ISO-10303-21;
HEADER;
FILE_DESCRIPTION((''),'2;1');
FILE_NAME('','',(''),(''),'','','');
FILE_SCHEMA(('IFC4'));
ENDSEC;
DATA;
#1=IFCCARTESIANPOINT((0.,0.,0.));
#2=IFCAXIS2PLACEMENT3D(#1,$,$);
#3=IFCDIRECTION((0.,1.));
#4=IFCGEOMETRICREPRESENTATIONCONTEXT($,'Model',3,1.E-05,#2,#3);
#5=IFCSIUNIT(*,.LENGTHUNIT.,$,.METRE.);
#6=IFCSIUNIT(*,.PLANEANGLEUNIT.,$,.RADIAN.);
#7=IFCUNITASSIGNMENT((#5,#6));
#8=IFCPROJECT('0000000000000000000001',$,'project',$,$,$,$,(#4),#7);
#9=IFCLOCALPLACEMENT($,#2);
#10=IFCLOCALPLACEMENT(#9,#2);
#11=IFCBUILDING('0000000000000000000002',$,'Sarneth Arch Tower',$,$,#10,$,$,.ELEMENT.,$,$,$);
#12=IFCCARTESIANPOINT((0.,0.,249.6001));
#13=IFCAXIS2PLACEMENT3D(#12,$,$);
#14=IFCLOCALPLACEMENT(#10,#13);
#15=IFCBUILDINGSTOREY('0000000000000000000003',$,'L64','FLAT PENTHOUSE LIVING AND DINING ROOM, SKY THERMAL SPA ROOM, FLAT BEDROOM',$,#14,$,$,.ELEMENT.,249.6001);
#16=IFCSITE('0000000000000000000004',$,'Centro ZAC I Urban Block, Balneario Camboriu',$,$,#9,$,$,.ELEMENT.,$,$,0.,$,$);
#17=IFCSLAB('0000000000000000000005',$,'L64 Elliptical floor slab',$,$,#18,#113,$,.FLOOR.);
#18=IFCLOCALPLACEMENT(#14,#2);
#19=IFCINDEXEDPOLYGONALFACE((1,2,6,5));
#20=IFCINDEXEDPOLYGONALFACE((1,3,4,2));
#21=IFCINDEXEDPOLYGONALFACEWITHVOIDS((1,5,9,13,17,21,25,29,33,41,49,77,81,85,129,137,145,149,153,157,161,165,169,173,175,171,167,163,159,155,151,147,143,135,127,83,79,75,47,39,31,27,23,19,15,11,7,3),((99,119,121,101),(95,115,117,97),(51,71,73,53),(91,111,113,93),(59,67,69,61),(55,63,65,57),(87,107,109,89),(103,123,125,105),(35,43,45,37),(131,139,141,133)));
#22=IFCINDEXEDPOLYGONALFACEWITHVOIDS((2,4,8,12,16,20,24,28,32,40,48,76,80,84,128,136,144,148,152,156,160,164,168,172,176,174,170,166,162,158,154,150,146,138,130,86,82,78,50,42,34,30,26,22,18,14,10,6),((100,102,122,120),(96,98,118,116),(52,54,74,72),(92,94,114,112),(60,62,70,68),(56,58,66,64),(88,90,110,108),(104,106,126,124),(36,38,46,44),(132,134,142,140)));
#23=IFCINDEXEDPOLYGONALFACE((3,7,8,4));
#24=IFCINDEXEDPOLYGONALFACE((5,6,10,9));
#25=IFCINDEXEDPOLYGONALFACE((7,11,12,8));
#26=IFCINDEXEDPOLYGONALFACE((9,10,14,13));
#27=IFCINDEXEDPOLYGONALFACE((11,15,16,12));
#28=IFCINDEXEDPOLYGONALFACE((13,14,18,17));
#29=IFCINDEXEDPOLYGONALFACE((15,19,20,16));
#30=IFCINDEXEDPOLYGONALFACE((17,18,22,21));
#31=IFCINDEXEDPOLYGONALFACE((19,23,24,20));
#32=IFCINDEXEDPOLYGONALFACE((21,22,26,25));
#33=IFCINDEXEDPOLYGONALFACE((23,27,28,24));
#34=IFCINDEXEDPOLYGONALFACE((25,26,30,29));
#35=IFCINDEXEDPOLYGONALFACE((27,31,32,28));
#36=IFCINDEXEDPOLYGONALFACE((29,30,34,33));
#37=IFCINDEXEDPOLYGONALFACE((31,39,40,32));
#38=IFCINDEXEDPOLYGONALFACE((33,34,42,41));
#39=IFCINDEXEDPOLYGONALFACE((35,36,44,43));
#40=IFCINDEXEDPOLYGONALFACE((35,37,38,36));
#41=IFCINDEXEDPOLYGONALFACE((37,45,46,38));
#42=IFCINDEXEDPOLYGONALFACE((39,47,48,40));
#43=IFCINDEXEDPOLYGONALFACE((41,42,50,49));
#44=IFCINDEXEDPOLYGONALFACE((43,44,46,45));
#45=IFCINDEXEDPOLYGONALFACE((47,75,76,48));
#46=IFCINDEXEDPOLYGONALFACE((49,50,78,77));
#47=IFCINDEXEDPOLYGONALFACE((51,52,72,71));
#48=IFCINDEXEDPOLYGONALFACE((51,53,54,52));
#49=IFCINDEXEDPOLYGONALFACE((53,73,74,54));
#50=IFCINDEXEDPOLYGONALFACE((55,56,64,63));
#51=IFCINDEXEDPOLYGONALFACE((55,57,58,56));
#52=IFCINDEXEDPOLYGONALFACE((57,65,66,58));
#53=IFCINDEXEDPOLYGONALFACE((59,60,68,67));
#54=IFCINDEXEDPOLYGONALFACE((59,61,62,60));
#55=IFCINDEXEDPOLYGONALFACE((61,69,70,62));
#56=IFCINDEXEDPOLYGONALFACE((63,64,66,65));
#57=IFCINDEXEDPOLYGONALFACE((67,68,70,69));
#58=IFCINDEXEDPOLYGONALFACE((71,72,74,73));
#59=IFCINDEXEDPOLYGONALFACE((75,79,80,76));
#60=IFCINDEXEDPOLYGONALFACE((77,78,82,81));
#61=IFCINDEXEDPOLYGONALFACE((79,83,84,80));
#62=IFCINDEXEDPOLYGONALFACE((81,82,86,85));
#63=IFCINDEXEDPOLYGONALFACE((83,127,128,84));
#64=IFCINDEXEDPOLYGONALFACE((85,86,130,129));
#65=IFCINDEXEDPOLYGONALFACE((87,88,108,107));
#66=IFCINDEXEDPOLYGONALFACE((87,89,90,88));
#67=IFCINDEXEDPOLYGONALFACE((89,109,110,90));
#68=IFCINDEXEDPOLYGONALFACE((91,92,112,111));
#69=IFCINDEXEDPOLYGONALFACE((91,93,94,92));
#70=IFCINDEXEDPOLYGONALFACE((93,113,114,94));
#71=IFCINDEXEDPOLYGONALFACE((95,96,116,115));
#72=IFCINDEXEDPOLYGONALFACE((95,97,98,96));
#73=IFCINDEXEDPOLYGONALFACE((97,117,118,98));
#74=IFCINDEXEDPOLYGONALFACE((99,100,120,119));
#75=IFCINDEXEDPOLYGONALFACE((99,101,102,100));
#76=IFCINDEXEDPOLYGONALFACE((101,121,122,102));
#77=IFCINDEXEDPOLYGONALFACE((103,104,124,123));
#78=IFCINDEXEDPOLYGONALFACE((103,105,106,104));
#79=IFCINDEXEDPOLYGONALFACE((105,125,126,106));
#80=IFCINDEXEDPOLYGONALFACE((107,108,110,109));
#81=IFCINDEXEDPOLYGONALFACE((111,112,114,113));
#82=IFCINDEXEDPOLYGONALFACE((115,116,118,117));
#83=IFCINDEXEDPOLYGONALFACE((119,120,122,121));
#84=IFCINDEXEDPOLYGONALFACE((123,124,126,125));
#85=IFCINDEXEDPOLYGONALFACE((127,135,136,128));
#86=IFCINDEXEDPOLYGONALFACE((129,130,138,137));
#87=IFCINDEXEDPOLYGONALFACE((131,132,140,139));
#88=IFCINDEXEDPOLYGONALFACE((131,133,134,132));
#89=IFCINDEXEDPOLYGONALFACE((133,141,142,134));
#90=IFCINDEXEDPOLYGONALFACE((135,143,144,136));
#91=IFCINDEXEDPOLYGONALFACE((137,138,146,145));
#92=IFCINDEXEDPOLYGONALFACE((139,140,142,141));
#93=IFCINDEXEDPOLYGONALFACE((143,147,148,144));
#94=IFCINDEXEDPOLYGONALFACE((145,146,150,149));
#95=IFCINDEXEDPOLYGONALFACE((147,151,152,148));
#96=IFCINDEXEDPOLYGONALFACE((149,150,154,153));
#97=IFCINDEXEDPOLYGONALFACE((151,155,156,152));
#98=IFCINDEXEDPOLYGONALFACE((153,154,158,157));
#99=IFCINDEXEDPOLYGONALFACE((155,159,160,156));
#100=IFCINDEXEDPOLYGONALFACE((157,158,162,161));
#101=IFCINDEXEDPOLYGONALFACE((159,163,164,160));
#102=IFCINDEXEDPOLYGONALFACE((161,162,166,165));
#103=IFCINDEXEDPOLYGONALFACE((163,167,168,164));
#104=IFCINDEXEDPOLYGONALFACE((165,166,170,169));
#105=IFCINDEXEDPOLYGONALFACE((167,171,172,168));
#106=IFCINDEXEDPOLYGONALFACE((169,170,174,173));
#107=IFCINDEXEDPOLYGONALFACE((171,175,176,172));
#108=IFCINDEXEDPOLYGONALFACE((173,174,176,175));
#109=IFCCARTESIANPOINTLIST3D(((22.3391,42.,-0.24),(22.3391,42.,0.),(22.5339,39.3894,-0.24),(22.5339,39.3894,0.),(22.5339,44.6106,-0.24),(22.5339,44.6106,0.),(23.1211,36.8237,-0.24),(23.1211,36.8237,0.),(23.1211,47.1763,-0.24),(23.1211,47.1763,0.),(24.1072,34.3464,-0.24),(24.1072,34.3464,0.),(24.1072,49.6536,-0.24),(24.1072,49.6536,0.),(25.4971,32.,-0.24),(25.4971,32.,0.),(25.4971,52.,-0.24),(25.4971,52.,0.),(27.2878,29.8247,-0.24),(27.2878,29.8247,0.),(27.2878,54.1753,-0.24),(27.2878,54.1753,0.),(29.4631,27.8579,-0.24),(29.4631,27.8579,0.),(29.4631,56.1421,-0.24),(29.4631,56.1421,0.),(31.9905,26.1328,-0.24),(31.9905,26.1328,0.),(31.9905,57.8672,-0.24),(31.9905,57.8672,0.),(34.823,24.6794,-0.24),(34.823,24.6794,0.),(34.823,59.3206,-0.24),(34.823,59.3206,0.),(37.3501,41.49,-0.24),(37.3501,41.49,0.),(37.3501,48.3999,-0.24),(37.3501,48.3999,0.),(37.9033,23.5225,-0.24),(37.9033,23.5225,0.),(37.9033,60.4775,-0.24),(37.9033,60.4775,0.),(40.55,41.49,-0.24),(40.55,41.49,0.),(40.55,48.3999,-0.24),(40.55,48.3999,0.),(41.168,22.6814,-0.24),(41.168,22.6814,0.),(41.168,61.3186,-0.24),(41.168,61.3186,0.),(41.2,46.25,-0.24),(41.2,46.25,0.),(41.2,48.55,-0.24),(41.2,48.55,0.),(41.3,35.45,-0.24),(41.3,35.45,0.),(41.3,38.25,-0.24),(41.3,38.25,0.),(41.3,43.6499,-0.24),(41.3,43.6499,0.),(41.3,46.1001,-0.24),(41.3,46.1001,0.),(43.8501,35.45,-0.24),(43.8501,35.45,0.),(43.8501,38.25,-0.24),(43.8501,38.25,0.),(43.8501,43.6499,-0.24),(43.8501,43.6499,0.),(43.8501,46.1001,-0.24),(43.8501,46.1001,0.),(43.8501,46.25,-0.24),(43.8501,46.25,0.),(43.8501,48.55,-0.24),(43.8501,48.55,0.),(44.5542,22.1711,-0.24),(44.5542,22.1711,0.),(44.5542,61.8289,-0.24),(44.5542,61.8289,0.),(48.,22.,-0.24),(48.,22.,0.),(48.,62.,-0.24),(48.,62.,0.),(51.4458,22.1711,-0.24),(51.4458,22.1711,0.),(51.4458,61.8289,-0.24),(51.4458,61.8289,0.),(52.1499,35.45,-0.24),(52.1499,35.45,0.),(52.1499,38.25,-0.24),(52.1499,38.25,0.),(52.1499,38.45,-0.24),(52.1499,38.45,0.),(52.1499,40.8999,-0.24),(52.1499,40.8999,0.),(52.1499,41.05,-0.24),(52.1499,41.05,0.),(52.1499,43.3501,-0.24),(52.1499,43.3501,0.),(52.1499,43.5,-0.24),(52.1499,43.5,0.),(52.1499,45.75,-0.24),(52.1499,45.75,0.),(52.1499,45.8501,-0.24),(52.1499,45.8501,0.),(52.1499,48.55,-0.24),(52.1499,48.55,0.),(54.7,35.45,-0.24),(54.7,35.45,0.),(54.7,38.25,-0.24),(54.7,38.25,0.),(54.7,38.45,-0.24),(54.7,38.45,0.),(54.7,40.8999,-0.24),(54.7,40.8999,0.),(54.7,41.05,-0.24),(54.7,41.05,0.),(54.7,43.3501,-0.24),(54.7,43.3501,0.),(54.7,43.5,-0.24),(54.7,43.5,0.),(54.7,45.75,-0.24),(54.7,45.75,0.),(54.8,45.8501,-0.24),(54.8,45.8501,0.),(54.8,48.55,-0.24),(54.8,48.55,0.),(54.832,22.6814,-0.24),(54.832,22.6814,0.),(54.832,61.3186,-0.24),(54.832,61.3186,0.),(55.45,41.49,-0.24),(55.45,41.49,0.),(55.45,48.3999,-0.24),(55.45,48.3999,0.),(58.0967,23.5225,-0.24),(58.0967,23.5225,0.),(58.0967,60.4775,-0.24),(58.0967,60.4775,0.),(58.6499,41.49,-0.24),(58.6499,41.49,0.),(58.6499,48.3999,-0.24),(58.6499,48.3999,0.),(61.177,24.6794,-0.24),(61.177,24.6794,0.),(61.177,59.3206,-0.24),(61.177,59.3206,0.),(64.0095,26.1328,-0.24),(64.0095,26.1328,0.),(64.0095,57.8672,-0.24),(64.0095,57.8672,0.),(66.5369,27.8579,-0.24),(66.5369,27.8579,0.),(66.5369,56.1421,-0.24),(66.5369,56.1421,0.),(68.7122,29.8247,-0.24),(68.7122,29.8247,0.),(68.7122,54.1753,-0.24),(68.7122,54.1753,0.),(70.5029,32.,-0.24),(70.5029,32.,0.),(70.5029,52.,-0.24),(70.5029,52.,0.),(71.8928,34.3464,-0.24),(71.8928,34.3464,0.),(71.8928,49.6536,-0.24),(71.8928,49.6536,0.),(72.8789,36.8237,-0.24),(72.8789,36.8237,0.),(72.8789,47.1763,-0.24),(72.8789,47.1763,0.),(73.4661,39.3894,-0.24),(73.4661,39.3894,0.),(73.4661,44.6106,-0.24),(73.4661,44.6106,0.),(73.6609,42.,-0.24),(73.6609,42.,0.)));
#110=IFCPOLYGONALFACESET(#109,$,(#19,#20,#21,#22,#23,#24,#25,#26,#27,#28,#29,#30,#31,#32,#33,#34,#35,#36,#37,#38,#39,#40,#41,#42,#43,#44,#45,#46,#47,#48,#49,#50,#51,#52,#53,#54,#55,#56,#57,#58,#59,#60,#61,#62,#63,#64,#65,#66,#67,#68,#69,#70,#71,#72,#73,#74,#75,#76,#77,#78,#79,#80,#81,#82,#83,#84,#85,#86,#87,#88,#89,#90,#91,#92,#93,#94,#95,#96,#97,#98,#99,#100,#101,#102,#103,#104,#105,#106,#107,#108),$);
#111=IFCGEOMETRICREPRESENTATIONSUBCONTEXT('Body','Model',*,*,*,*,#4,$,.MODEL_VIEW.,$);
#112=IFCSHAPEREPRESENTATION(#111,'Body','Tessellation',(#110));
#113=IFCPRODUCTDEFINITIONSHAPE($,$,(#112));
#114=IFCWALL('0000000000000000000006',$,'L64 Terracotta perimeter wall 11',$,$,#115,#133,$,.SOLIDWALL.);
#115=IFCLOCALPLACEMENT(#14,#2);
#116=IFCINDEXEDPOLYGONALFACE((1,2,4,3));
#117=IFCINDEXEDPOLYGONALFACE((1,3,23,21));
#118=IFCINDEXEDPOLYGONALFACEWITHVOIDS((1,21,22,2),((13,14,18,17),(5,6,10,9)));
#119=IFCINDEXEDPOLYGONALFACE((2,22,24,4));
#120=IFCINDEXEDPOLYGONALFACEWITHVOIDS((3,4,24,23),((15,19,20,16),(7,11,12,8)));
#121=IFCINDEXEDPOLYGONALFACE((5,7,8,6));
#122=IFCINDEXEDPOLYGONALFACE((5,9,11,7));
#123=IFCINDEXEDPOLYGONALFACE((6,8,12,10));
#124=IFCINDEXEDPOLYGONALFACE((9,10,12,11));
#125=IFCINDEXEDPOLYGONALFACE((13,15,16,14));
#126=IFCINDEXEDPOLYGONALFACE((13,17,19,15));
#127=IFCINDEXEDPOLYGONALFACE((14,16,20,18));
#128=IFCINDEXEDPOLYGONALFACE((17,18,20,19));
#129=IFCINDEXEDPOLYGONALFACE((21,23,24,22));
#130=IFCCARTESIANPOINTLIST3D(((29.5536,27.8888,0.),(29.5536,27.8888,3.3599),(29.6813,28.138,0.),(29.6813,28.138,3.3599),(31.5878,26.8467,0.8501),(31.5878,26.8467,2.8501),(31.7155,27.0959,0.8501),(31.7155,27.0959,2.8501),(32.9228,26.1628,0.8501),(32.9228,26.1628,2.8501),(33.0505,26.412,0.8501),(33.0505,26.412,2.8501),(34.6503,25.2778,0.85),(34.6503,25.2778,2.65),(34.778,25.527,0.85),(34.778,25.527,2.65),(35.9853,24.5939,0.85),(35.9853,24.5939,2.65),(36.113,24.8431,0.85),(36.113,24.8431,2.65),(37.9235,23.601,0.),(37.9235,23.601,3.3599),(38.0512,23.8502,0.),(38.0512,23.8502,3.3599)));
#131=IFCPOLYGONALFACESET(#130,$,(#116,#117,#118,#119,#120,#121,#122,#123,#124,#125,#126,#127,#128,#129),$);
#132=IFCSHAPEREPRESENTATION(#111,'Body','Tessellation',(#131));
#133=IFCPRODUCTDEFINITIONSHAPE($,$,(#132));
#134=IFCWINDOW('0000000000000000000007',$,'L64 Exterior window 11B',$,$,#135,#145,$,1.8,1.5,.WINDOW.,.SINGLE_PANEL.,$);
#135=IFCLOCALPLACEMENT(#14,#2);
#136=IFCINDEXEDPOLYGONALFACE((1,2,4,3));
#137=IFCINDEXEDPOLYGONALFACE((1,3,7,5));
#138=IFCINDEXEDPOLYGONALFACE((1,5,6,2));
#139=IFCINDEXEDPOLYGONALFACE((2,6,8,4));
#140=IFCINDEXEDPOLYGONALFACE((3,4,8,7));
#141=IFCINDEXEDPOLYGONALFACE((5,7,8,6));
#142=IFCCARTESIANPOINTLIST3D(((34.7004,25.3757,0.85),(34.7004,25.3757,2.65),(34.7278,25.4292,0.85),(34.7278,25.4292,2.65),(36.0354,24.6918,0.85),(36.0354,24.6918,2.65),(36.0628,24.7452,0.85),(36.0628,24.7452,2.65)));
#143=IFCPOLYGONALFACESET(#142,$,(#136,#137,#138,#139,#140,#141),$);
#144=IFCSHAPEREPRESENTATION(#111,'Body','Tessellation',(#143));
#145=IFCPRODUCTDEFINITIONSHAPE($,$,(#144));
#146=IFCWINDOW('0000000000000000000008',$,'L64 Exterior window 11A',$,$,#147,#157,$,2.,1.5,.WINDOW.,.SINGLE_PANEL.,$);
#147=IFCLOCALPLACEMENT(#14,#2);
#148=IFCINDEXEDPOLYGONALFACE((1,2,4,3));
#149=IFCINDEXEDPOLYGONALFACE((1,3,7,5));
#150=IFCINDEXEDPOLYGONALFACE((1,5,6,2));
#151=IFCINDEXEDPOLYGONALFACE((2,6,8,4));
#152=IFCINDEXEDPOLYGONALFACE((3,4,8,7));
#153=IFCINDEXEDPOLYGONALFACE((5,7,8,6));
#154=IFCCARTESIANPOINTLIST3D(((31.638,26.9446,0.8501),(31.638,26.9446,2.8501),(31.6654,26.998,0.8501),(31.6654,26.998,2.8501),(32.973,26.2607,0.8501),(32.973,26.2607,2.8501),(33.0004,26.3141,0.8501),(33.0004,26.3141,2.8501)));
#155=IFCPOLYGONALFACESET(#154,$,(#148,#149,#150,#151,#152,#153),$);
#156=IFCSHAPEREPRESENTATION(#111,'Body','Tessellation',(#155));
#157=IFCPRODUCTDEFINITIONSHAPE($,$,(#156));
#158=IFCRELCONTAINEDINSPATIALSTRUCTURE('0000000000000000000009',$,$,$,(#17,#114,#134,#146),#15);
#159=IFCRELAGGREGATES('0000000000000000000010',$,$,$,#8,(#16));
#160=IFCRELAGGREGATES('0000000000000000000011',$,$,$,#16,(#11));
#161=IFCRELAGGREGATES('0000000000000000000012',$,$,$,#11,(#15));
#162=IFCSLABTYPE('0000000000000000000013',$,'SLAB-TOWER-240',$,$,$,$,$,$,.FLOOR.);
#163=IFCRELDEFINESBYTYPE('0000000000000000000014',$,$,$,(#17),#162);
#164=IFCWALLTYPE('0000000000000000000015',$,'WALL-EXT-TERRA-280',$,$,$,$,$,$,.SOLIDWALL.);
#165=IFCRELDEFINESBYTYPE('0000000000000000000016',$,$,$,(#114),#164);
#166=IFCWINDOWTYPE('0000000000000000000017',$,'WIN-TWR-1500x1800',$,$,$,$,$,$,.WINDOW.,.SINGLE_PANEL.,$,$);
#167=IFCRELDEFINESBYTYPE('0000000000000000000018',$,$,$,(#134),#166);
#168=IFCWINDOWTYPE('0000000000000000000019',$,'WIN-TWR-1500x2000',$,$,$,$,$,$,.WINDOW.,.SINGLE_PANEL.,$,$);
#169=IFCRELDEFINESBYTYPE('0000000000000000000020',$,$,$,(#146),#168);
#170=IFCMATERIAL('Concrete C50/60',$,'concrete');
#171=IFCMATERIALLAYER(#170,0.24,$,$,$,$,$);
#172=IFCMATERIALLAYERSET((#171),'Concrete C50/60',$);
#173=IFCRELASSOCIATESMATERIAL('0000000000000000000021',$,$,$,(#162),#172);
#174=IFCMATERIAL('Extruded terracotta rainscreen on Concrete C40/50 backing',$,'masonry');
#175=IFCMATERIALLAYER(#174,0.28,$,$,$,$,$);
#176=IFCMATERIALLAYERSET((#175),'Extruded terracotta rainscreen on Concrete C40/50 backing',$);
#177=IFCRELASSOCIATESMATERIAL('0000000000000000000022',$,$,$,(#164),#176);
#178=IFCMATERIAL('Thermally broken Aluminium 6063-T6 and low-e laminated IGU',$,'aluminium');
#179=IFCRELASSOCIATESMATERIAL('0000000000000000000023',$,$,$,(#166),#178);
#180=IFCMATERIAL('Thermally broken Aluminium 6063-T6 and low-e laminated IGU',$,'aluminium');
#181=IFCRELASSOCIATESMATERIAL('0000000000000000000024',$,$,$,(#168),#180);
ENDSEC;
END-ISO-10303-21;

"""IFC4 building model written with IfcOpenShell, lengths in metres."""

from ifc_helpers import new_model, si_unit, direction, frame, frame_2d, origin, place, context, subcontext, project, spatial, polyline, rectangle, outline, extrude, material, layer, layer_set, type_object, element, fill, save


model = new_model("IFC4")

# Units and contexts
model_context = context("Model", 3, precision=1e-05, world=origin(), true_north=direction((0.0, 1.0)))
body_context = subcontext(model_context, "Body", "Model", "MODEL_VIEW")
ifc_project = project(units=[si_unit("LENGTHUNIT", "METRE"), si_unit("PLANEANGLEUNIT", "RADIAN")], contexts=[model_context])

# Site, building, storey
site_placement = place(None, origin())
site = spatial("IfcSite", under=ifc_project, at=site_placement, Name="Centro ZAC I Urban Block, Balneario Camboriu", CompositionType="ELEMENT", RefElevation=0.0)
building_placement = place(site_placement, origin())
building = spatial("IfcBuilding", under=site, at=building_placement, Name="Sarneth Arch Tower", CompositionType="ELEMENT")
storey_placement = place(building_placement, frame((0.0, 0.0, 249.6001)))
storey = spatial("IfcBuildingStorey", under=building, at=storey_placement, Name="L64", Description="FLAT PENTHOUSE LIVING AND DINING ROOM, SKY THERMAL SPA ROOM, FLAT BEDROOM", CompositionType="ELEMENT", Elevation=249.6001)

# Slab
ifc_material_1 = material(Name="Concrete C50/60", Category="concrete")
ifc_layer_1 = layer(ifc_material_1, 0.24)
ifc_layer_set_1 = layer_set([ifc_layer_1], Name="Concrete C50/60")
slab_type_1 = type_object("IfcSlabType", Name="SLAB-TOWER-240", PredefinedType="FLOOR", material=ifc_layer_set_1)
slab_1_placement = place(storey_placement, frame((0.0, 0.0, -0.24)))
element("IfcSlab", 1, at=slab_1_placement, inside=storey, type_object=slab_type_1, Name="L64 Elliptical floor slab", PredefinedType="FLOOR", context=body_context, shape_type="SweptSolid", body=[
    extrude(outline(polyline([(73.6609, 42.0), (73.4661, 44.6106), (72.8789, 47.1763), (71.8928, 49.6536), (70.5029, 52.0), (68.7122, 54.1753), (66.5369, 56.1421), (64.0095, 57.8672), (61.177, 59.3206), (58.0967, 60.4775), (54.832, 61.3186), (51.4458, 61.8289), (48.0, 62.0), (44.5542, 61.8289), (41.168, 61.3186), (37.9033, 60.4775), (34.823, 59.3206), (31.9905, 57.8672), (29.4631, 56.1421), (27.2878, 54.1753), (25.4971, 52.0), (24.1072, 49.6536), (23.1211, 47.1763), (22.5339, 44.6106), (22.3391, 42.0), (22.5339, 39.3894), (23.1211, 36.8237), (24.1072, 34.3464), (25.4971, 32.0), (27.2878, 29.8247), (29.4631, 27.8579), (31.9905, 26.1328), (34.823, 24.6794), (37.9033, 23.5225), (41.168, 22.6814), (44.5542, 22.1711), (48.0, 22.0), (51.4458, 22.1711), (54.832, 22.6814), (58.0967, 23.5225), (61.177, 24.6794), (64.0095, 26.1328), (66.5369, 27.8579), (68.7122, 29.8247), (70.5029, 32.0), (71.8928, 34.3464), (72.8789, 36.8237), (73.4661, 39.3894), (73.6609, 42.0)]), holes=[polyline([(37.3501, 41.49), (40.55, 41.49), (40.55, 48.3999), (37.3501, 48.3999), (37.3501, 41.49)]), polyline([(55.45, 41.49), (58.6499, 41.49), (58.6499, 48.3999), (55.45, 48.3999), (55.45, 41.49)]), polyline([(41.2, 46.25), (43.8501, 46.25), (43.8501, 48.55), (41.2, 48.55), (41.2, 46.25)]), polyline([(41.3, 35.45), (43.8501, 35.45), (43.8501, 38.25), (41.3, 38.25), (41.3, 35.45)]), polyline([(52.1499, 35.45), (54.7, 35.45), (54.7, 38.25), (52.1499, 38.25), (52.1499, 35.45)]), polyline([(52.1499, 45.8501), (54.8, 45.8501), (54.8, 48.55), (52.1499, 48.55), (52.1499, 45.8501)]), polyline([(41.3, 43.6499), (43.8501, 43.6499), (43.8501, 46.1001), (41.3, 46.1001), (41.3, 43.6499)]), polyline([(52.1499, 38.45), (54.7, 38.45), (54.7, 40.8999), (52.1499, 40.8999), (52.1499, 38.45)]), polyline([(52.1499, 41.05), (54.7, 41.05), (54.7, 43.3501), (52.1499, 43.3501), (52.1499, 41.05)]), polyline([(52.1499, 43.5), (54.7, 43.5), (54.7, 45.75), (52.1499, 45.75), (52.1499, 43.5)])]), origin(), (0.0, 0.0, 1.0), 0.24),
])

# Wall, openings, windows
ifc_material_2 = material(Name="Extruded terracotta rainscreen on Concrete C40/50 backing", Category="masonry")
ifc_layer_2 = layer(ifc_material_2, 0.28)
ifc_layer_set_2 = layer_set([ifc_layer_2], Name="Extruded terracotta rainscreen on Concrete C40/50 backing")
wall_type_1 = type_object("IfcWallType", Name="WALL-EXT-TERRA-280", PredefinedType="SOLIDWALL", material=ifc_layer_set_2)
wall_1_placement = place(storey_placement, frame((29.6174, 28.0134, 0.0), z_axis=(0.0, 0.0, 1.0), x_axis=(0.890007, -0.455946, 0.0)))
wall_1 = element("IfcWall", 2, at=wall_1_placement, inside=storey, type_object=wall_type_1, Name="L64 Terracotta perimeter wall 11", PredefinedType="SOLIDWALL", context=body_context, shape_type="SweptSolid", body=[
    extrude(rectangle(XDim=9.4043, YDim=0.28, at=frame_2d((4.7021, 0.0))), origin(), (0.0, 0.0, 1.0), 3.3599),
])
opening_1_placement = place(wall_1_placement, frame((2.2856, 0.0, 0.8501)))
opening_1 = element("IfcOpeningElement", 3, at=opening_1_placement, cuts=wall_1, PredefinedType="OPENING", context=body_context, shape_type="SweptSolid", body=[
    extrude(rectangle(XDim=1.5, YDim=2.0, at=frame_2d((0.75, 1.0))), frame((0.0, 0.1499, 0.0), z_axis=(0.0, -1.0, 0.0), x_axis=(1.0, 0.0, 0.0)), (0.0, 0.0, 1.0), 0.3),
])
opening_2_placement = place(wall_1_placement, frame((5.7266, 0.0, 0.8501)))
opening_2 = element("IfcOpeningElement", 4, at=opening_2_placement, cuts=wall_1, PredefinedType="OPENING", context=body_context, shape_type="SweptSolid", body=[
    extrude(rectangle(XDim=1.5, YDim=1.8, at=frame_2d((0.75, 0.8999))), frame((0.0, 0.1499, 0.0), z_axis=(0.0, -1.0, 0.0), x_axis=(1.0, 0.0, 0.0)), (0.0, 0.0, 1.0), 0.3),
])
ifc_material_3 = material(Name="Thermally broken Aluminium 6063-T6 and low-e laminated IGU", Category="aluminium")
window_type_1 = type_object("IfcWindowType", Name="WIN-TWR-1500x1800", PartitioningType="SINGLE_PANEL", PredefinedType="WINDOW", material=ifc_material_3)
window_1_placement = place(opening_2_placement, origin())
window_1 = element("IfcWindow", 5, at=window_1_placement, inside=storey, type_object=window_type_1, Name="L64 Exterior window 11B", OverallHeight=1.8, OverallWidth=1.5, PartitioningType="SINGLE_PANEL", PredefinedType="WINDOW", context=body_context, shape_type="SweptSolid", body=[
    extrude(rectangle(XDim=1.5, YDim=1.8, at=frame_2d((0.75, 0.8999))), frame((0.0, 0.03, 0.0), z_axis=(0.0, -1.0, 0.0), x_axis=(1.0, 0.0, 0.0)), (0.0, 0.0, 1.0), 0.0601),
])
fill(opening_2, window_1)
ifc_material_4 = material(Name="Thermally broken Aluminium 6063-T6 and low-e laminated IGU", Category="aluminium")
window_type_2 = type_object("IfcWindowType", Name="WIN-TWR-1500x2000", PartitioningType="SINGLE_PANEL", PredefinedType="WINDOW", material=ifc_material_4)
window_2_placement = place(opening_1_placement, origin())
window_2 = element("IfcWindow", 6, at=window_2_placement, inside=storey, type_object=window_type_2, Name="L64 Exterior window 11A", OverallHeight=2.0, OverallWidth=1.5, PartitioningType="SINGLE_PANEL", PredefinedType="WINDOW", context=body_context, shape_type="SweptSolid", body=[
    extrude(rectangle(XDim=1.5, YDim=2.0, at=frame_2d((0.75, 1.0))), frame((0.0, 0.03, 0.0), z_axis=(0.0, -1.0, 0.0), x_axis=(1.0, 0.0, 0.0)), (0.0, 0.0, 1.0), 0.0601),
])
fill(opening_1, window_2)

save(model, "model.ifc")
